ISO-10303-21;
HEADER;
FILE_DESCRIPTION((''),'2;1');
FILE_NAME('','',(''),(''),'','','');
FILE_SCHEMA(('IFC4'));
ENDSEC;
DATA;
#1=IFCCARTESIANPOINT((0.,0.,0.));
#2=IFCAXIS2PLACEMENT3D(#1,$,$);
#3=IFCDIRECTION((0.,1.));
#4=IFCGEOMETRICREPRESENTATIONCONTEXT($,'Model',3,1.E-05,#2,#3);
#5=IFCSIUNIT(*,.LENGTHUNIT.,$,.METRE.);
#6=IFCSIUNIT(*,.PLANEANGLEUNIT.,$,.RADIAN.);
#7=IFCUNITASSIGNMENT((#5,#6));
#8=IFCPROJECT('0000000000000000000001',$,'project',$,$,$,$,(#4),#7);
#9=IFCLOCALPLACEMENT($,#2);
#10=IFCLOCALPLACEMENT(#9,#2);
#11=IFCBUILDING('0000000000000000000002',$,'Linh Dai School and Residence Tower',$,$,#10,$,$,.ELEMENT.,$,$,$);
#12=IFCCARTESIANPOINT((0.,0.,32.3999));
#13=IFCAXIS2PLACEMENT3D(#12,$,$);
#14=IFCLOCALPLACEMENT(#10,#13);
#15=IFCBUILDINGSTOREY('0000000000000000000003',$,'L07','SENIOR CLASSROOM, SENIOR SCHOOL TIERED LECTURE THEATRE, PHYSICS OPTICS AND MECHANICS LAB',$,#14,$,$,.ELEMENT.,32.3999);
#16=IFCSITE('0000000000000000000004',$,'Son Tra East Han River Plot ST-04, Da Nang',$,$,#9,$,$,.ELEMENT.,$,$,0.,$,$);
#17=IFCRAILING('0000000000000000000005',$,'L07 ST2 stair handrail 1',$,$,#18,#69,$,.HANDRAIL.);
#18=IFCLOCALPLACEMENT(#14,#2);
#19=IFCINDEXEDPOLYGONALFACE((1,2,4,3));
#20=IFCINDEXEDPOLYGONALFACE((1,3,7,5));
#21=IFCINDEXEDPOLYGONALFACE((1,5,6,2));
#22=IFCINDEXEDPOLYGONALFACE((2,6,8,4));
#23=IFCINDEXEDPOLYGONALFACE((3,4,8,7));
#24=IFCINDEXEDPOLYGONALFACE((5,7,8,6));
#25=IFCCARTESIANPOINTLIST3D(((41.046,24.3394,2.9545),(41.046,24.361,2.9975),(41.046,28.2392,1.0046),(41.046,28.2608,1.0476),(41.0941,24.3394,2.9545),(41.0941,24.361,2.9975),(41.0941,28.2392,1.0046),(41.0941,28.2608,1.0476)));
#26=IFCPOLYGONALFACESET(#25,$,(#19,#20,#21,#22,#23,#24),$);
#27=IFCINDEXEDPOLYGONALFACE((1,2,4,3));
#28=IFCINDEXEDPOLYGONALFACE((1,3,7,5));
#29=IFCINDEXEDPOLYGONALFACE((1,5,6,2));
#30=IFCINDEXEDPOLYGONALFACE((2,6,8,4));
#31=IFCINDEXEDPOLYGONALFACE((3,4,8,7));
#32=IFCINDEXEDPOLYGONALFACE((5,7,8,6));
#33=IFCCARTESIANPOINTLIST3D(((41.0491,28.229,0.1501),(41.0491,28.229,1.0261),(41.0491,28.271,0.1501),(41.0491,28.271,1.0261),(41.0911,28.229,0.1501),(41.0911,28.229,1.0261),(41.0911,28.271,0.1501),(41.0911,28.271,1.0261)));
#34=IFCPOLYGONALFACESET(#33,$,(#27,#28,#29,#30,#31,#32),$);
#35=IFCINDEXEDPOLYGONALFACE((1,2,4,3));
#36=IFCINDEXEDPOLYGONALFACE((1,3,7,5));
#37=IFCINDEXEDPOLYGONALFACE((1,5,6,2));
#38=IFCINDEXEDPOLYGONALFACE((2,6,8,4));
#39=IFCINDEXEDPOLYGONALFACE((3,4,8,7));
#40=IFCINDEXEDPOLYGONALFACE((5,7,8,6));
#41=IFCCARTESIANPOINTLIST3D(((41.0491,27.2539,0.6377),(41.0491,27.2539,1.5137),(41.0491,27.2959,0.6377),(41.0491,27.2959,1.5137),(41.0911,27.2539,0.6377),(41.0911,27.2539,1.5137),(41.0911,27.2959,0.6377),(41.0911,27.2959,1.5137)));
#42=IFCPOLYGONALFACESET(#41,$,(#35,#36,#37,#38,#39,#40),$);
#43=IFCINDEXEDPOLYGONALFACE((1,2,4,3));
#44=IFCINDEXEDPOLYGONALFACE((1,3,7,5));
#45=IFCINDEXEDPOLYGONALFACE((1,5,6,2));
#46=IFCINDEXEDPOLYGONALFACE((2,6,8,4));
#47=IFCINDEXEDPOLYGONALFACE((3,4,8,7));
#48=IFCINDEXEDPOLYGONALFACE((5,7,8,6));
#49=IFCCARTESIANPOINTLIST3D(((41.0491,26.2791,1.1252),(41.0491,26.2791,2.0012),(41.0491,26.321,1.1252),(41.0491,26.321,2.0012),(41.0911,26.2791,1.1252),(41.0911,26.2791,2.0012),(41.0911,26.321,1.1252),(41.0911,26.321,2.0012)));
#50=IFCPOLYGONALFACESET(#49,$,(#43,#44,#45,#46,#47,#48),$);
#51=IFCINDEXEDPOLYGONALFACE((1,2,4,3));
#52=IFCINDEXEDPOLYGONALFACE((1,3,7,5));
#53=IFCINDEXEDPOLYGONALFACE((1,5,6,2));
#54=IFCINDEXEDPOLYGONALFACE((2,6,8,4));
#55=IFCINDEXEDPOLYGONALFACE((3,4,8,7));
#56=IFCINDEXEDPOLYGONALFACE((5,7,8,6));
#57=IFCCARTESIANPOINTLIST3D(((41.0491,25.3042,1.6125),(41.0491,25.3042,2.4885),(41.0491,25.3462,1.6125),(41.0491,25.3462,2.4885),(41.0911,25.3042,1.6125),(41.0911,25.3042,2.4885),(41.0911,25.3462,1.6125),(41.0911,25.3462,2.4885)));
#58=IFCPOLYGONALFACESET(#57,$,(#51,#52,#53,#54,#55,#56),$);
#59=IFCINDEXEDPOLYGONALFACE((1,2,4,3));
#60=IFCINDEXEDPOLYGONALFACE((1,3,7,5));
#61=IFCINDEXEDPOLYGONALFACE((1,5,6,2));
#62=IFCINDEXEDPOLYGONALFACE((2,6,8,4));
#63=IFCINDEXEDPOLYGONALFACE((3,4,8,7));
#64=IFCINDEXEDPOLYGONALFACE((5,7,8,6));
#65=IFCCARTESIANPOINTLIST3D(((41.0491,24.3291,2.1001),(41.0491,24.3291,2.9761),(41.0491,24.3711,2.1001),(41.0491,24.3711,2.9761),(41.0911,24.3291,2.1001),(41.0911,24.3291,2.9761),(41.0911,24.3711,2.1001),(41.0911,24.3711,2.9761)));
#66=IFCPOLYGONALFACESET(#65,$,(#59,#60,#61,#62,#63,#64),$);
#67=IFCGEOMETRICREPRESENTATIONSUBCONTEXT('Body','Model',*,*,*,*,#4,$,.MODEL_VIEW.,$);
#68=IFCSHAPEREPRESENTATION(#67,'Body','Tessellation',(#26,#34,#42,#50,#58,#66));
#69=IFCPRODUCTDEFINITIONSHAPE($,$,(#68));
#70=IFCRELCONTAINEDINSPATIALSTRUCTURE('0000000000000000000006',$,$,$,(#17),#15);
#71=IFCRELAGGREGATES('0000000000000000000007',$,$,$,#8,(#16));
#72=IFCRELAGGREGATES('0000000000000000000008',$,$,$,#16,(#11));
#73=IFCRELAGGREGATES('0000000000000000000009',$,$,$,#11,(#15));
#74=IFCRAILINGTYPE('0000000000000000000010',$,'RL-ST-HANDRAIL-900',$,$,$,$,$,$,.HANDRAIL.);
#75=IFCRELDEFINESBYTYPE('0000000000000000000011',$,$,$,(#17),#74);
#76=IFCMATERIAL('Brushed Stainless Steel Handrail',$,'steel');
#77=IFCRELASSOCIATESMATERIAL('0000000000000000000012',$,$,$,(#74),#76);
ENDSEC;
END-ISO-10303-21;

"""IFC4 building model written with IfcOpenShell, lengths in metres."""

from ifc_helpers import new_model, si_unit, direction, frame, origin, origin_2d, place, context, subcontext, project, spatial, rectangle, extrude, source, transform, mapped, material, type_object, element, save


model = new_model("IFC4")

# Units and contexts
model_context = context("Model", 3, precision=1e-05, world=origin(), true_north=direction((0.0, 1.0)))
body_context = subcontext(model_context, "Body", "Model", "MODEL_VIEW")
ifc_project = project(units=[si_unit("LENGTHUNIT", "METRE"), si_unit("PLANEANGLEUNIT", "RADIAN")], contexts=[model_context])

# Site, building, storey
site_placement = place(None, origin())
site = spatial("IfcSite", under=ifc_project, at=site_placement, Name="Son Tra East Han River Plot ST-04, Da Nang", CompositionType="ELEMENT", RefElevation=0.0)
building_placement = place(site_placement, origin())
building = spatial("IfcBuilding", under=site, at=building_placement, Name="Linh Dai School and Residence Tower", CompositionType="ELEMENT")
storey_placement = place(building_placement, frame((0.0, 0.0, 32.3999)))
storey = spatial("IfcBuildingStorey", under=building, at=storey_placement, Name="L07", Description="SENIOR CLASSROOM, SENIOR SCHOOL TIERED LECTURE THEATRE, PHYSICS OPTICS AND MECHANICS LAB", CompositionType="ELEMENT", Elevation=32.3999)

# Railing
ifc_material_1 = material(Name="Brushed Stainless Steel Handrail", Category="steel")
railing_type_1 = type_object("IfcRailingType", Name="RL-ST-HANDRAIL-900", PredefinedType="HANDRAIL", material=ifc_material_1)
shared_shape_1 = source(origin(), body_context, "Body", "SweptSolid", [
    extrude(rectangle(XDim=0.0481, YDim=0.0481, at=origin_2d()), frame((0.0, 0.0, 0.876), z_axis=(0.0, -0.894427, 0.447214), x_axis=(1.0, 0.0, 0.0)), (0.0, 0.0, 1.0), 4.3601),
    extrude(rectangle(XDim=0.042, YDim=0.042, at=origin_2d()), origin(), (0.0, 0.0, 1.0), 0.876),
    extrude(rectangle(XDim=0.042, YDim=0.042, at=origin_2d()), frame((0.0, -0.9751, 0.4875)), (0.0, 0.0, 1.0), 0.876),
    extrude(rectangle(XDim=0.042, YDim=0.042, at=origin_2d()), frame((0.0, -1.95, 0.9751)), (0.0, 0.0, 1.0), 0.876),
    extrude(rectangle(XDim=0.042, YDim=0.042, at=origin_2d()), frame((0.0, -2.9248, 1.4624)), (0.0, 0.0, 1.0), 0.876),
    extrude(rectangle(XDim=0.042, YDim=0.042, at=origin_2d()), frame((0.0, -3.8999, 1.95)), (0.0, 0.0, 1.0), 0.876),
])
railing_1_placement = place(storey_placement, frame((41.0701, 28.25, 0.1501)))
element("IfcRailing", 1, at=railing_1_placement, inside=storey, type_object=railing_type_1, Name="L07 ST2 stair handrail 1", PredefinedType="HANDRAIL", context=body_context, shape_type="MappedRepresentation", body=[
    mapped(shared_shape_1, transform((0.0, 0.0, 0.0), x_axis=(1.0, 0.0, 0.0), y_axis=(0.0, 1.0, 0.0), z_axis=(0.0, 0.0, 1.0), scale=1.0)),
])

save(model, "model.ifc")
